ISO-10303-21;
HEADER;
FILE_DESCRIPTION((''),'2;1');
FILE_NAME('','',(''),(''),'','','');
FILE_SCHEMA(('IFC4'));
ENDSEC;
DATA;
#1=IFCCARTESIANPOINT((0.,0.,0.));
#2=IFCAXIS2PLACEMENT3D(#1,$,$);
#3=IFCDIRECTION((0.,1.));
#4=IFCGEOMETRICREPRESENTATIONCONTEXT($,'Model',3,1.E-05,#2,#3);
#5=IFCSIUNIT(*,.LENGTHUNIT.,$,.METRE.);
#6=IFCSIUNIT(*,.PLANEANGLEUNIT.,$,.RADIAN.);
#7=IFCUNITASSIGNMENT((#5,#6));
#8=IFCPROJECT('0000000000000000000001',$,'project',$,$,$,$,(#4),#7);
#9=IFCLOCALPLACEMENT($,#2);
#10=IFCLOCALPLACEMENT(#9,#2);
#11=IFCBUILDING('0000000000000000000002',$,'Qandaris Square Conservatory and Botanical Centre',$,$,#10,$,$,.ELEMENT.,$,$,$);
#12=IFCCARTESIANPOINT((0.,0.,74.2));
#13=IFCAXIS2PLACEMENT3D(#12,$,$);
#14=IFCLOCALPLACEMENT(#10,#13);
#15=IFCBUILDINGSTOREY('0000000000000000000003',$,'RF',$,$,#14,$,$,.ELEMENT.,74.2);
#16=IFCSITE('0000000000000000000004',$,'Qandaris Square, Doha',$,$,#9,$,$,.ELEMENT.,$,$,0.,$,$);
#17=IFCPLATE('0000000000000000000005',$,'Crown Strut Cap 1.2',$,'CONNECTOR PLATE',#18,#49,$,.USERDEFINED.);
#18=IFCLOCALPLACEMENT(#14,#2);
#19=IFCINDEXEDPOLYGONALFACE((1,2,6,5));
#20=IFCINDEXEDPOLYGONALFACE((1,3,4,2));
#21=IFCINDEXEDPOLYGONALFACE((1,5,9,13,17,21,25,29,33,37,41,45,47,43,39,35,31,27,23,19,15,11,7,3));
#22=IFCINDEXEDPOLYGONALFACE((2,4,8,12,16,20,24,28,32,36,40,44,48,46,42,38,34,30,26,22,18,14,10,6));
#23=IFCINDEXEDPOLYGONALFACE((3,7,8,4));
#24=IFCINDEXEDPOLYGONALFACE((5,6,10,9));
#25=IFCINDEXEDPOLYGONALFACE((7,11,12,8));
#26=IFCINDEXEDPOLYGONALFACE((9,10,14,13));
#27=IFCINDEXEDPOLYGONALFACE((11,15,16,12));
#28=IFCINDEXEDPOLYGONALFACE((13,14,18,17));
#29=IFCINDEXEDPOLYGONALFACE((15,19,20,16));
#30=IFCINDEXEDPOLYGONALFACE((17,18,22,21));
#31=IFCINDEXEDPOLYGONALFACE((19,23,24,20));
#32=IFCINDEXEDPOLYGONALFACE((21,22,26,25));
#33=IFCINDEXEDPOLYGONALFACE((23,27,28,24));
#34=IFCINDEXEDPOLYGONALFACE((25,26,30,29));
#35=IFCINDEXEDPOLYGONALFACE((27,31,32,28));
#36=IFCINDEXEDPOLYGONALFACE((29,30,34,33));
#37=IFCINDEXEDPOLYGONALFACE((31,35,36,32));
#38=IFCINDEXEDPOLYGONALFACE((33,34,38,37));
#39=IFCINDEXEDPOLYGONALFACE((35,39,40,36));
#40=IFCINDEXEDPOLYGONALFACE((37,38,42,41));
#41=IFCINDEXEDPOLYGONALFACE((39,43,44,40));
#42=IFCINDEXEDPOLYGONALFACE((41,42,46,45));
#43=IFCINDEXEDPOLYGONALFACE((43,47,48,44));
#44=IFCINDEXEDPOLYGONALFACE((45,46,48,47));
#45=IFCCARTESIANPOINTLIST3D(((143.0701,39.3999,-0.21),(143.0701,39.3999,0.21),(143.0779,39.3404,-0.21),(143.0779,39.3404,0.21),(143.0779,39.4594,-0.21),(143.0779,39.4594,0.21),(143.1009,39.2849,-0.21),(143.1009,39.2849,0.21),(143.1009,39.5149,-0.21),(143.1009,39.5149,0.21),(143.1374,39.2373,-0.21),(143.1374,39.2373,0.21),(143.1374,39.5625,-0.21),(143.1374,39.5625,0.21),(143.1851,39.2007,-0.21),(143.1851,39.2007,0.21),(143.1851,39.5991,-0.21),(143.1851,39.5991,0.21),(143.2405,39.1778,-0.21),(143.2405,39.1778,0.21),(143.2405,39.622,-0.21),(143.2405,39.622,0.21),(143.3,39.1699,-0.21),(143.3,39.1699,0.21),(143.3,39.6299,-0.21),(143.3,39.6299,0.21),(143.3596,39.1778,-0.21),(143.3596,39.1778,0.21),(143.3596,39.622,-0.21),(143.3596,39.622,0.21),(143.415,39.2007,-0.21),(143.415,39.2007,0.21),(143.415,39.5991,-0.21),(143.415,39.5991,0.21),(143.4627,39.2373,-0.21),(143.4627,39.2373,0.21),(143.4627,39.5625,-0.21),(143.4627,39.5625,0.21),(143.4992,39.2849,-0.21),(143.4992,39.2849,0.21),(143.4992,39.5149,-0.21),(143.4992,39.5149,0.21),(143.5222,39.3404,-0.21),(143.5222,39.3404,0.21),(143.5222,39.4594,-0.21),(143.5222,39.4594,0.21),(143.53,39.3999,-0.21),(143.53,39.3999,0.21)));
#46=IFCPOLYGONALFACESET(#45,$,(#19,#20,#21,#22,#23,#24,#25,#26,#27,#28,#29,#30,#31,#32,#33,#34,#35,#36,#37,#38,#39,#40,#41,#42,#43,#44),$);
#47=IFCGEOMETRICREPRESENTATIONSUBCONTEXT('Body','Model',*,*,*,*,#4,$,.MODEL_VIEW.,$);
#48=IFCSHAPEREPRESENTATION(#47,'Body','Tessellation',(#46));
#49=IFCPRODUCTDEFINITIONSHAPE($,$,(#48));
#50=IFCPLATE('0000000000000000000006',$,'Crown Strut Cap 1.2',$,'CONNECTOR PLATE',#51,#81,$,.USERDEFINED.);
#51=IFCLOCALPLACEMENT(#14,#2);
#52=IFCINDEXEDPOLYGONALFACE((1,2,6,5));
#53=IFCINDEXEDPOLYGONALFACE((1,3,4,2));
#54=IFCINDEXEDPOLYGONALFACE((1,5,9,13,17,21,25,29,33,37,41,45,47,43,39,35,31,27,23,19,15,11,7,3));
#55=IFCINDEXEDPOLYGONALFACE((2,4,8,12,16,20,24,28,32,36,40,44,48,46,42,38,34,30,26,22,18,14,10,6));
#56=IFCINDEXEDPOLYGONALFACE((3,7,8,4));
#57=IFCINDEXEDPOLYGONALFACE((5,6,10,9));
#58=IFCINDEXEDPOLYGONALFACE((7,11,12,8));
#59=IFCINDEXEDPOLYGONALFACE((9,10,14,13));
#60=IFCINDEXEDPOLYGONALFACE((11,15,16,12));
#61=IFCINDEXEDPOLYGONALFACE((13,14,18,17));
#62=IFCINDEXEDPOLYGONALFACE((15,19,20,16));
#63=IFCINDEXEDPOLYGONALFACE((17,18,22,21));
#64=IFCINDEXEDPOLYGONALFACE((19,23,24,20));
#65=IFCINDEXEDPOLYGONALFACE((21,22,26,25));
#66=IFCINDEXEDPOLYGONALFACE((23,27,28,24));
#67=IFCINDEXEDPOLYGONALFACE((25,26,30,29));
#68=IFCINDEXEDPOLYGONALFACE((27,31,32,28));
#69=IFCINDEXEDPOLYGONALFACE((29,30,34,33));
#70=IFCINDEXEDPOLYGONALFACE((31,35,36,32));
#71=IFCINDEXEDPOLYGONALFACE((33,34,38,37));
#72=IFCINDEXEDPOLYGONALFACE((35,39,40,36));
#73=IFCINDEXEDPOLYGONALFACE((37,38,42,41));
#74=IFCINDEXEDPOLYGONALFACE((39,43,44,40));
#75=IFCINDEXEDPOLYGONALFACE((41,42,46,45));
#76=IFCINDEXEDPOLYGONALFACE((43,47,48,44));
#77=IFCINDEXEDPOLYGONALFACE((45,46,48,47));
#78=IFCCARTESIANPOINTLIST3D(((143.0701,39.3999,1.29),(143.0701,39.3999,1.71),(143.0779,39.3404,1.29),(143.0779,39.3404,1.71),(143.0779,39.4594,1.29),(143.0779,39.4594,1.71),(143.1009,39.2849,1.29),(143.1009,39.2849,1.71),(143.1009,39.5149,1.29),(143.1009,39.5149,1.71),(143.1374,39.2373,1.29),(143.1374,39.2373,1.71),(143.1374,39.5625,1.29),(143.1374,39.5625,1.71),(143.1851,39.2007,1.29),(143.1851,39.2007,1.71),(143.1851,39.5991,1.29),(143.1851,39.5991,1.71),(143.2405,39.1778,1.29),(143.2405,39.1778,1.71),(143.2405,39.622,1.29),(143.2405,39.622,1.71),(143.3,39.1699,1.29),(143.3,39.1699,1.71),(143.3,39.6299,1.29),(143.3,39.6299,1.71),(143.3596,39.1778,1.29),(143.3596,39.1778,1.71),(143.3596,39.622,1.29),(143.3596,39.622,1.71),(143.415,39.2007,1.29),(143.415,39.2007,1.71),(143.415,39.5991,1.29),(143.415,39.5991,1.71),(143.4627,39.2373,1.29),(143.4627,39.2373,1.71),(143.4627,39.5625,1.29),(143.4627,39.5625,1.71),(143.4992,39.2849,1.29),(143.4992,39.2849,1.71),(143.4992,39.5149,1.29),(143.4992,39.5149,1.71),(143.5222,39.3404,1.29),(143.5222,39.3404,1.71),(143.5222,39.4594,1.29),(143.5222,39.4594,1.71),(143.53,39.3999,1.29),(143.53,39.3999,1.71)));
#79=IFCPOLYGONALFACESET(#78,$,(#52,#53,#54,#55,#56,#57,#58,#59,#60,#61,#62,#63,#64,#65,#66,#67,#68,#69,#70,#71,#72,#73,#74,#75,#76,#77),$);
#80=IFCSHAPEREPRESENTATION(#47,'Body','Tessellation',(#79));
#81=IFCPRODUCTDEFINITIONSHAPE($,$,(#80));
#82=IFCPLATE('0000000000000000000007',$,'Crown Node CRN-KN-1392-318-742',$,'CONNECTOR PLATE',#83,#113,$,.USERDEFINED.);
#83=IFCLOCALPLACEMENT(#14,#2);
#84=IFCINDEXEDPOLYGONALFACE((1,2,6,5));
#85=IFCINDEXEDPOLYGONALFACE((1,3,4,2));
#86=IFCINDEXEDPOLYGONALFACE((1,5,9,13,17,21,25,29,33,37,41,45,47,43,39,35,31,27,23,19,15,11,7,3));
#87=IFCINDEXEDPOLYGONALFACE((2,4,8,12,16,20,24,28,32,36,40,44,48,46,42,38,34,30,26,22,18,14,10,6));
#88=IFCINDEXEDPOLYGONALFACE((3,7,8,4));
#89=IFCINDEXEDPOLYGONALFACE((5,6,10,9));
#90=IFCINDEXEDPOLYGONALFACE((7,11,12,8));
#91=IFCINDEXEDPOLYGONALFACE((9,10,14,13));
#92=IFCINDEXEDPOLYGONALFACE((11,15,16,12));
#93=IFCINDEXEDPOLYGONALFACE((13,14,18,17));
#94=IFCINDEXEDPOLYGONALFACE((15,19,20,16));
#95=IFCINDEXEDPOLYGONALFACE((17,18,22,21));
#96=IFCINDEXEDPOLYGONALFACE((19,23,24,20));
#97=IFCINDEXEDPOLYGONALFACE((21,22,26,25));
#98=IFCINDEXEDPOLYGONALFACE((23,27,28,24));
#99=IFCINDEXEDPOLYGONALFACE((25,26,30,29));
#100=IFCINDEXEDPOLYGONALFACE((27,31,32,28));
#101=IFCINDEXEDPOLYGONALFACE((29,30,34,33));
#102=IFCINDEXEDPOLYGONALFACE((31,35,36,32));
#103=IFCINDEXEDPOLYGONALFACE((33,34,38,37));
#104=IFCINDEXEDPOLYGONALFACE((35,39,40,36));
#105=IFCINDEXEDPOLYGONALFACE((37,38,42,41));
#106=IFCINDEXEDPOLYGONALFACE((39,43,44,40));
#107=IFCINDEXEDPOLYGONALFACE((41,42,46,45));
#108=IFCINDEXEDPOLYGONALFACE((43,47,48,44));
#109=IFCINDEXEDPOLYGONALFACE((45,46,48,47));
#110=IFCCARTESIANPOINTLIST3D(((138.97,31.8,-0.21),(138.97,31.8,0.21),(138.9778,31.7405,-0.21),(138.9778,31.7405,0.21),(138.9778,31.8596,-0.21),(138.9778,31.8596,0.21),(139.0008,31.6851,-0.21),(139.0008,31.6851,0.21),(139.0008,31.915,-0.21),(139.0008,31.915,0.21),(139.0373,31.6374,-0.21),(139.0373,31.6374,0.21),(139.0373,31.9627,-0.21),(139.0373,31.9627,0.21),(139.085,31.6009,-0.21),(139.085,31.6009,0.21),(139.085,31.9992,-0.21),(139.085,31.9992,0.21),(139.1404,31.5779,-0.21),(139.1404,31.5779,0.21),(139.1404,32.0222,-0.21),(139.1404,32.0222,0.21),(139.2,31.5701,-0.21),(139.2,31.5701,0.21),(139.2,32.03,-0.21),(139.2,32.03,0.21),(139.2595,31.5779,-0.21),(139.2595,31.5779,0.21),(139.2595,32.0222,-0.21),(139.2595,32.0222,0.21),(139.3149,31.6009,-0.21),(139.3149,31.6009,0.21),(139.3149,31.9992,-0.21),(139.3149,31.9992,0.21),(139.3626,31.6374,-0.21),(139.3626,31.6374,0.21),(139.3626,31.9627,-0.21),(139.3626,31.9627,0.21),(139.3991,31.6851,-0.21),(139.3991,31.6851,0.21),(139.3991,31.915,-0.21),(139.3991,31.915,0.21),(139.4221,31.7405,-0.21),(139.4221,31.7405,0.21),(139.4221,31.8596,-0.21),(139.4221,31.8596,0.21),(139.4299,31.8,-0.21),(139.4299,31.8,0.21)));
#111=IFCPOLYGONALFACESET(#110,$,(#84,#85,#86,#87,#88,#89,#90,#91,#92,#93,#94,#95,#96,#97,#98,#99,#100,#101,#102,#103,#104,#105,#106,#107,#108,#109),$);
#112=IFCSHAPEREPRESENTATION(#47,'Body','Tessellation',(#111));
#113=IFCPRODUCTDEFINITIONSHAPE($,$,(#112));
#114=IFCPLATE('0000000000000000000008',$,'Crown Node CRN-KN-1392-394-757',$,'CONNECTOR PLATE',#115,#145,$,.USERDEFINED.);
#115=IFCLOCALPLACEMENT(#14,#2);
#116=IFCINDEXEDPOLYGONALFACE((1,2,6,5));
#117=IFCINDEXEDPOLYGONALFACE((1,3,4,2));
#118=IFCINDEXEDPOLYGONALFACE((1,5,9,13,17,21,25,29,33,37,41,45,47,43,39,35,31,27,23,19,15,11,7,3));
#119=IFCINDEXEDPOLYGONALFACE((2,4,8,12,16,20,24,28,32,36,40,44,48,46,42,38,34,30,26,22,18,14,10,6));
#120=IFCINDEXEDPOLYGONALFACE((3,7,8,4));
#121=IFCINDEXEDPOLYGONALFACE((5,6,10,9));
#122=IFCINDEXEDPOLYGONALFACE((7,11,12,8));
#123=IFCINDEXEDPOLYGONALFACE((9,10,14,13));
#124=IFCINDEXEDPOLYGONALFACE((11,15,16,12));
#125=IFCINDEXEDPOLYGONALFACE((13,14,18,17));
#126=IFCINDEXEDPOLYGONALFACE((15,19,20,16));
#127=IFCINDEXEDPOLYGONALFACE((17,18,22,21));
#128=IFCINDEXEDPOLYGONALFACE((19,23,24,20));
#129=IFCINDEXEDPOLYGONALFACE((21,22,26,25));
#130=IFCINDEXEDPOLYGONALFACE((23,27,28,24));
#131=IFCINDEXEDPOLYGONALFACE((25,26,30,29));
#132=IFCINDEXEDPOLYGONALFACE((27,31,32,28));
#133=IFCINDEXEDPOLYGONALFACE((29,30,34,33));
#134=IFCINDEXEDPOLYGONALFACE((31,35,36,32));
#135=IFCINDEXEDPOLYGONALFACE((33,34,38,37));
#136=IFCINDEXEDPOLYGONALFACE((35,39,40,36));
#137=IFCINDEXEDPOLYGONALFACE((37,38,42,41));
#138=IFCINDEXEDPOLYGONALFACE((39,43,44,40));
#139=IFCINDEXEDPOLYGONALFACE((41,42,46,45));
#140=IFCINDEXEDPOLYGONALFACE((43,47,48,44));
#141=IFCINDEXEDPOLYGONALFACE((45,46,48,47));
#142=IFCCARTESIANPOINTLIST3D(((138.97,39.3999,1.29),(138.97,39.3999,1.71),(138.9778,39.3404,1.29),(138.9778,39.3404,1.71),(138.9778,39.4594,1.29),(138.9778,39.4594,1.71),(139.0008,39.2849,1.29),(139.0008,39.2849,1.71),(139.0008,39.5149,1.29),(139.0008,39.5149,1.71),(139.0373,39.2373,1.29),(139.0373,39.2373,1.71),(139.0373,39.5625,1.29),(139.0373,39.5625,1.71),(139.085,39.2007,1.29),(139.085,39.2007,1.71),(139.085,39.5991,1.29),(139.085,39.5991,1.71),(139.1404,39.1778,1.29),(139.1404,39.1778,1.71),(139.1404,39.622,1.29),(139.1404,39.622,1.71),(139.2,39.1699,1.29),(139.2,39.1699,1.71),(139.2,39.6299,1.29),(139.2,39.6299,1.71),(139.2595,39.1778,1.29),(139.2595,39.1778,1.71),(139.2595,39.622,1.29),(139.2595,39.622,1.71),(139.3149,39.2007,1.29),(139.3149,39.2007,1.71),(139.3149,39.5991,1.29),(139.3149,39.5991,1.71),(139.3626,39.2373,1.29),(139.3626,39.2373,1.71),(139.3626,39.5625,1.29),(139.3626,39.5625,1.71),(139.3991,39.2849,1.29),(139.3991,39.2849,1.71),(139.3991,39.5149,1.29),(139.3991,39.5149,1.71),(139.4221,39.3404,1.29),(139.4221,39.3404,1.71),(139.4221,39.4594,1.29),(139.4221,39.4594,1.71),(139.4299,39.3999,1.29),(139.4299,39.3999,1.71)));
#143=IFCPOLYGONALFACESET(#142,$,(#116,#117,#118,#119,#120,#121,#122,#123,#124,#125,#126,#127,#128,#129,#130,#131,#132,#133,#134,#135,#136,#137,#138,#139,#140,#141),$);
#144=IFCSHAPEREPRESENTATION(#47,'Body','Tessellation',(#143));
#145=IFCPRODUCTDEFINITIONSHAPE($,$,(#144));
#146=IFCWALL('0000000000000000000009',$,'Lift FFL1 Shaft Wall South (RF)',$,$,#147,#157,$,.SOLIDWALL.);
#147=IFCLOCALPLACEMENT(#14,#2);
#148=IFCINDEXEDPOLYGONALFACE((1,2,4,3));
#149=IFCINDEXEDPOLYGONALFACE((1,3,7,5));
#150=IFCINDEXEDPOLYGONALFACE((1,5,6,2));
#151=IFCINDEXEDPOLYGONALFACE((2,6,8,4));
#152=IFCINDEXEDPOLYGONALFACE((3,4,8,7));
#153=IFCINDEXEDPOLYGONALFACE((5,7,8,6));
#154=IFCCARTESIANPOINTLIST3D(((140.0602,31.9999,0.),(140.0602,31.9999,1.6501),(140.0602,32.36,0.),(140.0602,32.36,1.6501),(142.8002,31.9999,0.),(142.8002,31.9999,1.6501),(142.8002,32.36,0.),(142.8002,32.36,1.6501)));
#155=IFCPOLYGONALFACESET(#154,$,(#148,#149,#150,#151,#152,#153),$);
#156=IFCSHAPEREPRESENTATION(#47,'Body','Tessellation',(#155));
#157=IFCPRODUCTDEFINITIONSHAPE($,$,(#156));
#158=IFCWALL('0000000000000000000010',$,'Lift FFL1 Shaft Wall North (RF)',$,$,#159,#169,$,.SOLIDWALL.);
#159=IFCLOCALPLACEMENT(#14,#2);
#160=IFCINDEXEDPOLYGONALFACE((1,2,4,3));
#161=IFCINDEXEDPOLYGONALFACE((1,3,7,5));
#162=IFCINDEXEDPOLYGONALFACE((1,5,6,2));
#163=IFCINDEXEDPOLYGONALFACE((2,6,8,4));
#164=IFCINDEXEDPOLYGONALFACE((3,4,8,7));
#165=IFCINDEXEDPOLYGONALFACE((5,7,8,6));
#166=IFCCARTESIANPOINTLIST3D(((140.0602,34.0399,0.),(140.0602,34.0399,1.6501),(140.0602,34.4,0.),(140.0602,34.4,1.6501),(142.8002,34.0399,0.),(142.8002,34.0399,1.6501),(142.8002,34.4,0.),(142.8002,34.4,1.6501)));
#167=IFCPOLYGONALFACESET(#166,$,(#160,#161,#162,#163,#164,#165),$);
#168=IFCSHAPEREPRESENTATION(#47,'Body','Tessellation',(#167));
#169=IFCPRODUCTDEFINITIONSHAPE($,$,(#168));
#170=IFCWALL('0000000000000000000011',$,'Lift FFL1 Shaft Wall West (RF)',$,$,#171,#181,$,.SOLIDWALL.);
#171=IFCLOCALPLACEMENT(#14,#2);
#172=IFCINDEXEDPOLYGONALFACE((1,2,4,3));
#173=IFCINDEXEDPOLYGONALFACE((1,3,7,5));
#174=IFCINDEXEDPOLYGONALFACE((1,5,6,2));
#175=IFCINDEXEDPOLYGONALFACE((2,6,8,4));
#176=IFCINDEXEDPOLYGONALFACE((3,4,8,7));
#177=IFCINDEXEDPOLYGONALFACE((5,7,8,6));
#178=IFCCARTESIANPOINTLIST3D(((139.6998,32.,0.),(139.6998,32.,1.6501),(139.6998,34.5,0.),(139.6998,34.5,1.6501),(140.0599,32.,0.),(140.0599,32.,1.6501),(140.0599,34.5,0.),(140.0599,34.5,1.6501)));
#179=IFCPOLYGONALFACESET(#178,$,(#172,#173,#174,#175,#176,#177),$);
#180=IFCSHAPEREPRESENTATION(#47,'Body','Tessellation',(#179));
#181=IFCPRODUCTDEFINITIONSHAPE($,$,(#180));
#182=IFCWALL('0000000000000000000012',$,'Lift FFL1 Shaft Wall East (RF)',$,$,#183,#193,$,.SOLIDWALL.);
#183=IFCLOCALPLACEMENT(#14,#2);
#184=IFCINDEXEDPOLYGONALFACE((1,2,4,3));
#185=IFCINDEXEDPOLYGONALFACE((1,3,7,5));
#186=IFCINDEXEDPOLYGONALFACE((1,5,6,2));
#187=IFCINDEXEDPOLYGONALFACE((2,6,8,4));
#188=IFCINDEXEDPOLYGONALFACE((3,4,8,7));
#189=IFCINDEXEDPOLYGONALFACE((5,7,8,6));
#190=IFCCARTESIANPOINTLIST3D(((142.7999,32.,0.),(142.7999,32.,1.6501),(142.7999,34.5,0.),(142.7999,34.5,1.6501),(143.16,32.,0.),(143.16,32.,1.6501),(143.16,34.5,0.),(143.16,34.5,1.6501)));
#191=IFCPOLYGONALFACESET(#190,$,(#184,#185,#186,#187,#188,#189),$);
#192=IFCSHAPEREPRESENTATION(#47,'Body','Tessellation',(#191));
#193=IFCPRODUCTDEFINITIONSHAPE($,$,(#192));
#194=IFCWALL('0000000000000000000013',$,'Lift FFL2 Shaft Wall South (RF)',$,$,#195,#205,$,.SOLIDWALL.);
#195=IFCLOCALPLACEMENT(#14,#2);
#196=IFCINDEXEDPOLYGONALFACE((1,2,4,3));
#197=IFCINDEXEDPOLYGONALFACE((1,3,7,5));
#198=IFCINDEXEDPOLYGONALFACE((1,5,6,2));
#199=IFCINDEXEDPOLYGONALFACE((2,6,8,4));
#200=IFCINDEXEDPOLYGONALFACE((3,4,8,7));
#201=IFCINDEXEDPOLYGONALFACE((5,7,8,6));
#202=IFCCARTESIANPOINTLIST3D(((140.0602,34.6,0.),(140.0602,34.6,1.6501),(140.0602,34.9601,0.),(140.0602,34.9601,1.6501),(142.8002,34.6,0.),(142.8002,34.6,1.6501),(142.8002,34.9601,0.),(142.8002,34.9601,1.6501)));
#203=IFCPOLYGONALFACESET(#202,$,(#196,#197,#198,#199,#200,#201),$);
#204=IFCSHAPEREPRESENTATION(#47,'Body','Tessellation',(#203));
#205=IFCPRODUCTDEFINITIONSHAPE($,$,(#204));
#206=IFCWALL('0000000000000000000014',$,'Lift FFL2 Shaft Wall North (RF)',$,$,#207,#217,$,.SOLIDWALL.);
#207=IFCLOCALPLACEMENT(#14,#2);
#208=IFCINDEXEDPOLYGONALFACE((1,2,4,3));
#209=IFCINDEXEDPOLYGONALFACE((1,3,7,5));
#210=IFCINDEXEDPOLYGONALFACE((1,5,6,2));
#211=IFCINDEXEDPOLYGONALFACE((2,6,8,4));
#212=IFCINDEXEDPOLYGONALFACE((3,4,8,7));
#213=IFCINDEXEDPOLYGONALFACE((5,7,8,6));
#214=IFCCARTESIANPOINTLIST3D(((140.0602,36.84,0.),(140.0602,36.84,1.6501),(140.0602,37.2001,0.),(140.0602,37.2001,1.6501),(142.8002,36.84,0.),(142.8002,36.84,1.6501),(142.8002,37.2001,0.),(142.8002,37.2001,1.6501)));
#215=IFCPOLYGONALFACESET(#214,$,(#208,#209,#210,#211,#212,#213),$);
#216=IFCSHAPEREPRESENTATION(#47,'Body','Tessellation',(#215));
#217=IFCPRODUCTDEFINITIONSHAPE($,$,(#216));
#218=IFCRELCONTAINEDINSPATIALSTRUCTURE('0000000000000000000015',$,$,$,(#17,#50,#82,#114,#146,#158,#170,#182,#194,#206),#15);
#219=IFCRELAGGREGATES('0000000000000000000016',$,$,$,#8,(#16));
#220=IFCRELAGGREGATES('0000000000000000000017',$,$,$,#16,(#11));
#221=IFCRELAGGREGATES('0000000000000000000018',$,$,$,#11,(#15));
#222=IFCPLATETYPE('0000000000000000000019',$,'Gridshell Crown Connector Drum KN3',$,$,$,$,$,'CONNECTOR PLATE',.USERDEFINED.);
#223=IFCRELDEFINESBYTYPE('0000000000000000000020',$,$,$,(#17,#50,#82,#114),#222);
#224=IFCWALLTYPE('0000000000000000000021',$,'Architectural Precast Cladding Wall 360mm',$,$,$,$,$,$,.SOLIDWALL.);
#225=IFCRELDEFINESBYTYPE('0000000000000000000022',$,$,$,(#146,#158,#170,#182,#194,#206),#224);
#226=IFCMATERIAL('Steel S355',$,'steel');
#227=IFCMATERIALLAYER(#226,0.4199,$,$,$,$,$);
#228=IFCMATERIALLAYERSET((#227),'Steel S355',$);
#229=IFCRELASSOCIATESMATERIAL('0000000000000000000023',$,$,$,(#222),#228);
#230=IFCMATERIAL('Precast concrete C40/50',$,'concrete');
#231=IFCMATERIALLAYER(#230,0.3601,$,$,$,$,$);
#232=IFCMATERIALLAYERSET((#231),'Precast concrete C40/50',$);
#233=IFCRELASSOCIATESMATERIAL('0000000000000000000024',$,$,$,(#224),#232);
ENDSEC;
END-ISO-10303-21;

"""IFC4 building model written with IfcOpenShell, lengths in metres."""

from ifc_helpers import new_model, si_unit, direction, frame, frame_2d, origin, origin_2d, place, context, subcontext, project, spatial, rectangle, circle, extrude, material, layer, layer_set, type_object, element, save


model = new_model("IFC4")

# Units and contexts
model_context = context("Model", 3, precision=1e-05, world=origin(), true_north=direction((0.0, 1.0)))
body_context = subcontext(model_context, "Body", "Model", "MODEL_VIEW")
ifc_project = project(units=[si_unit("LENGTHUNIT", "METRE"), si_unit("PLANEANGLEUNIT", "RADIAN")], contexts=[model_context])

# Site, building, storey
site_placement = place(None, origin())
site = spatial("IfcSite", under=ifc_project, at=site_placement, Name="Qandaris Square, Doha", CompositionType="ELEMENT", RefElevation=0.0)
building_placement = place(site_placement, origin())
building = spatial("IfcBuilding", under=site, at=building_placement, Name="Qandaris Square Conservatory and Botanical Centre", CompositionType="ELEMENT")
storey_placement = place(building_placement, frame((0.0, 0.0, 74.2)))
storey = spatial("IfcBuildingStorey", under=building, at=storey_placement, Name="RF", CompositionType="ELEMENT", Elevation=74.2)

# Shared definitions
ifc_material_1 = material(Name="Steel S355", Category="steel")

# Plates
ifc_layer_1 = layer(ifc_material_1, 0.4199)
ifc_layer_set_1 = layer_set([ifc_layer_1], Name="Steel S355")
plate_type_1 = type_object("IfcPlateType", Name="Gridshell Crown Connector Drum KN3", ElementType="CONNECTOR PLATE", PredefinedType="USERDEFINED", material=ifc_layer_set_1)
for number, where, z_axis, x_axis, name in (
    (1, (143.3, 39.3999, -0.21), (0.0, 0.0, 1.0), (1.0, 0.0, 0.0), "Crown Strut Cap 1.2"),
    (2, (143.3, 39.3999, 1.29), (0.0, 0.0, 1.0), (1.0, 0.0, 0.0), "Crown Strut Cap 1.2"),
    (3, (139.2, 31.8, -0.21), (0.0, 0.0, 1.0), (1.0, 0.0, 0.0), "Crown Node CRN-KN-1392-318-742"),
    (4, (139.2, 39.3999, 1.29), (0.0, 0.0, 1.0), (1.0, 0.0, 0.0), "Crown Node CRN-KN-1392-394-757"),
):
    element("IfcPlate", number, at=place(storey_placement, frame(where, z_axis=z_axis, x_axis=x_axis)), inside=storey, type_object=plate_type_1, Name=name, ObjectType="CONNECTOR PLATE", PredefinedType="USERDEFINED", context=body_context, shape_type="SweptSolid", body=[
        extrude(circle(Radius=0.23, at=origin_2d()), origin(), (0.0, 0.0, 1.0), 0.4199),
    ])

# Walls
ifc_material_2 = material(Name="Precast concrete C40/50", Category="concrete")
ifc_layer_2 = layer(ifc_material_2, 0.3601)
ifc_layer_set_2 = layer_set([ifc_layer_2], Name="Precast concrete C40/50")
wall_type_1 = type_object("IfcWallType", Name="Architectural Precast Cladding Wall 360mm", PredefinedType="SOLIDWALL", material=ifc_layer_set_2)
for number, where, z_axis, x_axis, name in (
    (5, (140.0601, 32.1799, 0.0), (0.0, 0.0, 1.0), (1.0, 0.0, 0.0), "Lift FFL1 Shaft Wall South (RF)"),
    (6, (140.0601, 34.22, 0.0), (0.0, 0.0, 1.0), (1.0, 0.0, 0.0), "Lift FFL1 Shaft Wall North (RF)"),
):
    element("IfcWall", number, at=place(storey_placement, frame(where, z_axis=z_axis, x_axis=x_axis)), inside=storey, type_object=wall_type_1, Name=name, PredefinedType="SOLIDWALL", context=body_context, shape_type="SweptSolid", body=[
        extrude(rectangle(XDim=2.74, YDim=0.3601, at=frame_2d((1.3701, 0.0))), origin(), (0.0, 0.0, 1.0), 1.6501),
    ])
for number, where, z_axis, x_axis, name in (
    (7, (139.8799, 32.0, 0.0), (0.0, 0.0, 1.0), (0.0, 1.0, 0.0), "Lift FFL1 Shaft Wall West (RF)"),
    (8, (142.98, 32.0, 0.0), (0.0, 0.0, 1.0), (0.0, 1.0, 0.0), "Lift FFL1 Shaft Wall East (RF)"),
):
    element("IfcWall", number, at=place(storey_placement, frame(where, z_axis=z_axis, x_axis=x_axis)), inside=storey, type_object=wall_type_1, Name=name, PredefinedType="SOLIDWALL", context=body_context, shape_type="SweptSolid", body=[
        extrude(rectangle(XDim=2.5, YDim=0.3601, at=frame_2d((1.25, 0.0))), origin(), (0.0, 0.0, 1.0), 1.6501),
    ])
for number, where, z_axis, x_axis, name in (
    (9, (140.0601, 34.78, 0.0), (0.0, 0.0, 1.0), (1.0, 0.0, 0.0), "Lift FFL2 Shaft Wall South (RF)"),
    (10, (140.0601, 37.02, 0.0), (0.0, 0.0, 1.0), (1.0, 0.0, 0.0), "Lift FFL2 Shaft Wall North (RF)"),
):
    element("IfcWall", number, at=place(storey_placement, frame(where, z_axis=z_axis, x_axis=x_axis)), inside=storey, type_object=wall_type_1, Name=name, PredefinedType="SOLIDWALL", context=body_context, shape_type="SweptSolid", body=[
        extrude(rectangle(XDim=2.74, YDim=0.3601, at=frame_2d((1.3701, 0.0))), origin(), (0.0, 0.0, 1.0), 1.6501),
    ])

save(model, "model.ifc")
